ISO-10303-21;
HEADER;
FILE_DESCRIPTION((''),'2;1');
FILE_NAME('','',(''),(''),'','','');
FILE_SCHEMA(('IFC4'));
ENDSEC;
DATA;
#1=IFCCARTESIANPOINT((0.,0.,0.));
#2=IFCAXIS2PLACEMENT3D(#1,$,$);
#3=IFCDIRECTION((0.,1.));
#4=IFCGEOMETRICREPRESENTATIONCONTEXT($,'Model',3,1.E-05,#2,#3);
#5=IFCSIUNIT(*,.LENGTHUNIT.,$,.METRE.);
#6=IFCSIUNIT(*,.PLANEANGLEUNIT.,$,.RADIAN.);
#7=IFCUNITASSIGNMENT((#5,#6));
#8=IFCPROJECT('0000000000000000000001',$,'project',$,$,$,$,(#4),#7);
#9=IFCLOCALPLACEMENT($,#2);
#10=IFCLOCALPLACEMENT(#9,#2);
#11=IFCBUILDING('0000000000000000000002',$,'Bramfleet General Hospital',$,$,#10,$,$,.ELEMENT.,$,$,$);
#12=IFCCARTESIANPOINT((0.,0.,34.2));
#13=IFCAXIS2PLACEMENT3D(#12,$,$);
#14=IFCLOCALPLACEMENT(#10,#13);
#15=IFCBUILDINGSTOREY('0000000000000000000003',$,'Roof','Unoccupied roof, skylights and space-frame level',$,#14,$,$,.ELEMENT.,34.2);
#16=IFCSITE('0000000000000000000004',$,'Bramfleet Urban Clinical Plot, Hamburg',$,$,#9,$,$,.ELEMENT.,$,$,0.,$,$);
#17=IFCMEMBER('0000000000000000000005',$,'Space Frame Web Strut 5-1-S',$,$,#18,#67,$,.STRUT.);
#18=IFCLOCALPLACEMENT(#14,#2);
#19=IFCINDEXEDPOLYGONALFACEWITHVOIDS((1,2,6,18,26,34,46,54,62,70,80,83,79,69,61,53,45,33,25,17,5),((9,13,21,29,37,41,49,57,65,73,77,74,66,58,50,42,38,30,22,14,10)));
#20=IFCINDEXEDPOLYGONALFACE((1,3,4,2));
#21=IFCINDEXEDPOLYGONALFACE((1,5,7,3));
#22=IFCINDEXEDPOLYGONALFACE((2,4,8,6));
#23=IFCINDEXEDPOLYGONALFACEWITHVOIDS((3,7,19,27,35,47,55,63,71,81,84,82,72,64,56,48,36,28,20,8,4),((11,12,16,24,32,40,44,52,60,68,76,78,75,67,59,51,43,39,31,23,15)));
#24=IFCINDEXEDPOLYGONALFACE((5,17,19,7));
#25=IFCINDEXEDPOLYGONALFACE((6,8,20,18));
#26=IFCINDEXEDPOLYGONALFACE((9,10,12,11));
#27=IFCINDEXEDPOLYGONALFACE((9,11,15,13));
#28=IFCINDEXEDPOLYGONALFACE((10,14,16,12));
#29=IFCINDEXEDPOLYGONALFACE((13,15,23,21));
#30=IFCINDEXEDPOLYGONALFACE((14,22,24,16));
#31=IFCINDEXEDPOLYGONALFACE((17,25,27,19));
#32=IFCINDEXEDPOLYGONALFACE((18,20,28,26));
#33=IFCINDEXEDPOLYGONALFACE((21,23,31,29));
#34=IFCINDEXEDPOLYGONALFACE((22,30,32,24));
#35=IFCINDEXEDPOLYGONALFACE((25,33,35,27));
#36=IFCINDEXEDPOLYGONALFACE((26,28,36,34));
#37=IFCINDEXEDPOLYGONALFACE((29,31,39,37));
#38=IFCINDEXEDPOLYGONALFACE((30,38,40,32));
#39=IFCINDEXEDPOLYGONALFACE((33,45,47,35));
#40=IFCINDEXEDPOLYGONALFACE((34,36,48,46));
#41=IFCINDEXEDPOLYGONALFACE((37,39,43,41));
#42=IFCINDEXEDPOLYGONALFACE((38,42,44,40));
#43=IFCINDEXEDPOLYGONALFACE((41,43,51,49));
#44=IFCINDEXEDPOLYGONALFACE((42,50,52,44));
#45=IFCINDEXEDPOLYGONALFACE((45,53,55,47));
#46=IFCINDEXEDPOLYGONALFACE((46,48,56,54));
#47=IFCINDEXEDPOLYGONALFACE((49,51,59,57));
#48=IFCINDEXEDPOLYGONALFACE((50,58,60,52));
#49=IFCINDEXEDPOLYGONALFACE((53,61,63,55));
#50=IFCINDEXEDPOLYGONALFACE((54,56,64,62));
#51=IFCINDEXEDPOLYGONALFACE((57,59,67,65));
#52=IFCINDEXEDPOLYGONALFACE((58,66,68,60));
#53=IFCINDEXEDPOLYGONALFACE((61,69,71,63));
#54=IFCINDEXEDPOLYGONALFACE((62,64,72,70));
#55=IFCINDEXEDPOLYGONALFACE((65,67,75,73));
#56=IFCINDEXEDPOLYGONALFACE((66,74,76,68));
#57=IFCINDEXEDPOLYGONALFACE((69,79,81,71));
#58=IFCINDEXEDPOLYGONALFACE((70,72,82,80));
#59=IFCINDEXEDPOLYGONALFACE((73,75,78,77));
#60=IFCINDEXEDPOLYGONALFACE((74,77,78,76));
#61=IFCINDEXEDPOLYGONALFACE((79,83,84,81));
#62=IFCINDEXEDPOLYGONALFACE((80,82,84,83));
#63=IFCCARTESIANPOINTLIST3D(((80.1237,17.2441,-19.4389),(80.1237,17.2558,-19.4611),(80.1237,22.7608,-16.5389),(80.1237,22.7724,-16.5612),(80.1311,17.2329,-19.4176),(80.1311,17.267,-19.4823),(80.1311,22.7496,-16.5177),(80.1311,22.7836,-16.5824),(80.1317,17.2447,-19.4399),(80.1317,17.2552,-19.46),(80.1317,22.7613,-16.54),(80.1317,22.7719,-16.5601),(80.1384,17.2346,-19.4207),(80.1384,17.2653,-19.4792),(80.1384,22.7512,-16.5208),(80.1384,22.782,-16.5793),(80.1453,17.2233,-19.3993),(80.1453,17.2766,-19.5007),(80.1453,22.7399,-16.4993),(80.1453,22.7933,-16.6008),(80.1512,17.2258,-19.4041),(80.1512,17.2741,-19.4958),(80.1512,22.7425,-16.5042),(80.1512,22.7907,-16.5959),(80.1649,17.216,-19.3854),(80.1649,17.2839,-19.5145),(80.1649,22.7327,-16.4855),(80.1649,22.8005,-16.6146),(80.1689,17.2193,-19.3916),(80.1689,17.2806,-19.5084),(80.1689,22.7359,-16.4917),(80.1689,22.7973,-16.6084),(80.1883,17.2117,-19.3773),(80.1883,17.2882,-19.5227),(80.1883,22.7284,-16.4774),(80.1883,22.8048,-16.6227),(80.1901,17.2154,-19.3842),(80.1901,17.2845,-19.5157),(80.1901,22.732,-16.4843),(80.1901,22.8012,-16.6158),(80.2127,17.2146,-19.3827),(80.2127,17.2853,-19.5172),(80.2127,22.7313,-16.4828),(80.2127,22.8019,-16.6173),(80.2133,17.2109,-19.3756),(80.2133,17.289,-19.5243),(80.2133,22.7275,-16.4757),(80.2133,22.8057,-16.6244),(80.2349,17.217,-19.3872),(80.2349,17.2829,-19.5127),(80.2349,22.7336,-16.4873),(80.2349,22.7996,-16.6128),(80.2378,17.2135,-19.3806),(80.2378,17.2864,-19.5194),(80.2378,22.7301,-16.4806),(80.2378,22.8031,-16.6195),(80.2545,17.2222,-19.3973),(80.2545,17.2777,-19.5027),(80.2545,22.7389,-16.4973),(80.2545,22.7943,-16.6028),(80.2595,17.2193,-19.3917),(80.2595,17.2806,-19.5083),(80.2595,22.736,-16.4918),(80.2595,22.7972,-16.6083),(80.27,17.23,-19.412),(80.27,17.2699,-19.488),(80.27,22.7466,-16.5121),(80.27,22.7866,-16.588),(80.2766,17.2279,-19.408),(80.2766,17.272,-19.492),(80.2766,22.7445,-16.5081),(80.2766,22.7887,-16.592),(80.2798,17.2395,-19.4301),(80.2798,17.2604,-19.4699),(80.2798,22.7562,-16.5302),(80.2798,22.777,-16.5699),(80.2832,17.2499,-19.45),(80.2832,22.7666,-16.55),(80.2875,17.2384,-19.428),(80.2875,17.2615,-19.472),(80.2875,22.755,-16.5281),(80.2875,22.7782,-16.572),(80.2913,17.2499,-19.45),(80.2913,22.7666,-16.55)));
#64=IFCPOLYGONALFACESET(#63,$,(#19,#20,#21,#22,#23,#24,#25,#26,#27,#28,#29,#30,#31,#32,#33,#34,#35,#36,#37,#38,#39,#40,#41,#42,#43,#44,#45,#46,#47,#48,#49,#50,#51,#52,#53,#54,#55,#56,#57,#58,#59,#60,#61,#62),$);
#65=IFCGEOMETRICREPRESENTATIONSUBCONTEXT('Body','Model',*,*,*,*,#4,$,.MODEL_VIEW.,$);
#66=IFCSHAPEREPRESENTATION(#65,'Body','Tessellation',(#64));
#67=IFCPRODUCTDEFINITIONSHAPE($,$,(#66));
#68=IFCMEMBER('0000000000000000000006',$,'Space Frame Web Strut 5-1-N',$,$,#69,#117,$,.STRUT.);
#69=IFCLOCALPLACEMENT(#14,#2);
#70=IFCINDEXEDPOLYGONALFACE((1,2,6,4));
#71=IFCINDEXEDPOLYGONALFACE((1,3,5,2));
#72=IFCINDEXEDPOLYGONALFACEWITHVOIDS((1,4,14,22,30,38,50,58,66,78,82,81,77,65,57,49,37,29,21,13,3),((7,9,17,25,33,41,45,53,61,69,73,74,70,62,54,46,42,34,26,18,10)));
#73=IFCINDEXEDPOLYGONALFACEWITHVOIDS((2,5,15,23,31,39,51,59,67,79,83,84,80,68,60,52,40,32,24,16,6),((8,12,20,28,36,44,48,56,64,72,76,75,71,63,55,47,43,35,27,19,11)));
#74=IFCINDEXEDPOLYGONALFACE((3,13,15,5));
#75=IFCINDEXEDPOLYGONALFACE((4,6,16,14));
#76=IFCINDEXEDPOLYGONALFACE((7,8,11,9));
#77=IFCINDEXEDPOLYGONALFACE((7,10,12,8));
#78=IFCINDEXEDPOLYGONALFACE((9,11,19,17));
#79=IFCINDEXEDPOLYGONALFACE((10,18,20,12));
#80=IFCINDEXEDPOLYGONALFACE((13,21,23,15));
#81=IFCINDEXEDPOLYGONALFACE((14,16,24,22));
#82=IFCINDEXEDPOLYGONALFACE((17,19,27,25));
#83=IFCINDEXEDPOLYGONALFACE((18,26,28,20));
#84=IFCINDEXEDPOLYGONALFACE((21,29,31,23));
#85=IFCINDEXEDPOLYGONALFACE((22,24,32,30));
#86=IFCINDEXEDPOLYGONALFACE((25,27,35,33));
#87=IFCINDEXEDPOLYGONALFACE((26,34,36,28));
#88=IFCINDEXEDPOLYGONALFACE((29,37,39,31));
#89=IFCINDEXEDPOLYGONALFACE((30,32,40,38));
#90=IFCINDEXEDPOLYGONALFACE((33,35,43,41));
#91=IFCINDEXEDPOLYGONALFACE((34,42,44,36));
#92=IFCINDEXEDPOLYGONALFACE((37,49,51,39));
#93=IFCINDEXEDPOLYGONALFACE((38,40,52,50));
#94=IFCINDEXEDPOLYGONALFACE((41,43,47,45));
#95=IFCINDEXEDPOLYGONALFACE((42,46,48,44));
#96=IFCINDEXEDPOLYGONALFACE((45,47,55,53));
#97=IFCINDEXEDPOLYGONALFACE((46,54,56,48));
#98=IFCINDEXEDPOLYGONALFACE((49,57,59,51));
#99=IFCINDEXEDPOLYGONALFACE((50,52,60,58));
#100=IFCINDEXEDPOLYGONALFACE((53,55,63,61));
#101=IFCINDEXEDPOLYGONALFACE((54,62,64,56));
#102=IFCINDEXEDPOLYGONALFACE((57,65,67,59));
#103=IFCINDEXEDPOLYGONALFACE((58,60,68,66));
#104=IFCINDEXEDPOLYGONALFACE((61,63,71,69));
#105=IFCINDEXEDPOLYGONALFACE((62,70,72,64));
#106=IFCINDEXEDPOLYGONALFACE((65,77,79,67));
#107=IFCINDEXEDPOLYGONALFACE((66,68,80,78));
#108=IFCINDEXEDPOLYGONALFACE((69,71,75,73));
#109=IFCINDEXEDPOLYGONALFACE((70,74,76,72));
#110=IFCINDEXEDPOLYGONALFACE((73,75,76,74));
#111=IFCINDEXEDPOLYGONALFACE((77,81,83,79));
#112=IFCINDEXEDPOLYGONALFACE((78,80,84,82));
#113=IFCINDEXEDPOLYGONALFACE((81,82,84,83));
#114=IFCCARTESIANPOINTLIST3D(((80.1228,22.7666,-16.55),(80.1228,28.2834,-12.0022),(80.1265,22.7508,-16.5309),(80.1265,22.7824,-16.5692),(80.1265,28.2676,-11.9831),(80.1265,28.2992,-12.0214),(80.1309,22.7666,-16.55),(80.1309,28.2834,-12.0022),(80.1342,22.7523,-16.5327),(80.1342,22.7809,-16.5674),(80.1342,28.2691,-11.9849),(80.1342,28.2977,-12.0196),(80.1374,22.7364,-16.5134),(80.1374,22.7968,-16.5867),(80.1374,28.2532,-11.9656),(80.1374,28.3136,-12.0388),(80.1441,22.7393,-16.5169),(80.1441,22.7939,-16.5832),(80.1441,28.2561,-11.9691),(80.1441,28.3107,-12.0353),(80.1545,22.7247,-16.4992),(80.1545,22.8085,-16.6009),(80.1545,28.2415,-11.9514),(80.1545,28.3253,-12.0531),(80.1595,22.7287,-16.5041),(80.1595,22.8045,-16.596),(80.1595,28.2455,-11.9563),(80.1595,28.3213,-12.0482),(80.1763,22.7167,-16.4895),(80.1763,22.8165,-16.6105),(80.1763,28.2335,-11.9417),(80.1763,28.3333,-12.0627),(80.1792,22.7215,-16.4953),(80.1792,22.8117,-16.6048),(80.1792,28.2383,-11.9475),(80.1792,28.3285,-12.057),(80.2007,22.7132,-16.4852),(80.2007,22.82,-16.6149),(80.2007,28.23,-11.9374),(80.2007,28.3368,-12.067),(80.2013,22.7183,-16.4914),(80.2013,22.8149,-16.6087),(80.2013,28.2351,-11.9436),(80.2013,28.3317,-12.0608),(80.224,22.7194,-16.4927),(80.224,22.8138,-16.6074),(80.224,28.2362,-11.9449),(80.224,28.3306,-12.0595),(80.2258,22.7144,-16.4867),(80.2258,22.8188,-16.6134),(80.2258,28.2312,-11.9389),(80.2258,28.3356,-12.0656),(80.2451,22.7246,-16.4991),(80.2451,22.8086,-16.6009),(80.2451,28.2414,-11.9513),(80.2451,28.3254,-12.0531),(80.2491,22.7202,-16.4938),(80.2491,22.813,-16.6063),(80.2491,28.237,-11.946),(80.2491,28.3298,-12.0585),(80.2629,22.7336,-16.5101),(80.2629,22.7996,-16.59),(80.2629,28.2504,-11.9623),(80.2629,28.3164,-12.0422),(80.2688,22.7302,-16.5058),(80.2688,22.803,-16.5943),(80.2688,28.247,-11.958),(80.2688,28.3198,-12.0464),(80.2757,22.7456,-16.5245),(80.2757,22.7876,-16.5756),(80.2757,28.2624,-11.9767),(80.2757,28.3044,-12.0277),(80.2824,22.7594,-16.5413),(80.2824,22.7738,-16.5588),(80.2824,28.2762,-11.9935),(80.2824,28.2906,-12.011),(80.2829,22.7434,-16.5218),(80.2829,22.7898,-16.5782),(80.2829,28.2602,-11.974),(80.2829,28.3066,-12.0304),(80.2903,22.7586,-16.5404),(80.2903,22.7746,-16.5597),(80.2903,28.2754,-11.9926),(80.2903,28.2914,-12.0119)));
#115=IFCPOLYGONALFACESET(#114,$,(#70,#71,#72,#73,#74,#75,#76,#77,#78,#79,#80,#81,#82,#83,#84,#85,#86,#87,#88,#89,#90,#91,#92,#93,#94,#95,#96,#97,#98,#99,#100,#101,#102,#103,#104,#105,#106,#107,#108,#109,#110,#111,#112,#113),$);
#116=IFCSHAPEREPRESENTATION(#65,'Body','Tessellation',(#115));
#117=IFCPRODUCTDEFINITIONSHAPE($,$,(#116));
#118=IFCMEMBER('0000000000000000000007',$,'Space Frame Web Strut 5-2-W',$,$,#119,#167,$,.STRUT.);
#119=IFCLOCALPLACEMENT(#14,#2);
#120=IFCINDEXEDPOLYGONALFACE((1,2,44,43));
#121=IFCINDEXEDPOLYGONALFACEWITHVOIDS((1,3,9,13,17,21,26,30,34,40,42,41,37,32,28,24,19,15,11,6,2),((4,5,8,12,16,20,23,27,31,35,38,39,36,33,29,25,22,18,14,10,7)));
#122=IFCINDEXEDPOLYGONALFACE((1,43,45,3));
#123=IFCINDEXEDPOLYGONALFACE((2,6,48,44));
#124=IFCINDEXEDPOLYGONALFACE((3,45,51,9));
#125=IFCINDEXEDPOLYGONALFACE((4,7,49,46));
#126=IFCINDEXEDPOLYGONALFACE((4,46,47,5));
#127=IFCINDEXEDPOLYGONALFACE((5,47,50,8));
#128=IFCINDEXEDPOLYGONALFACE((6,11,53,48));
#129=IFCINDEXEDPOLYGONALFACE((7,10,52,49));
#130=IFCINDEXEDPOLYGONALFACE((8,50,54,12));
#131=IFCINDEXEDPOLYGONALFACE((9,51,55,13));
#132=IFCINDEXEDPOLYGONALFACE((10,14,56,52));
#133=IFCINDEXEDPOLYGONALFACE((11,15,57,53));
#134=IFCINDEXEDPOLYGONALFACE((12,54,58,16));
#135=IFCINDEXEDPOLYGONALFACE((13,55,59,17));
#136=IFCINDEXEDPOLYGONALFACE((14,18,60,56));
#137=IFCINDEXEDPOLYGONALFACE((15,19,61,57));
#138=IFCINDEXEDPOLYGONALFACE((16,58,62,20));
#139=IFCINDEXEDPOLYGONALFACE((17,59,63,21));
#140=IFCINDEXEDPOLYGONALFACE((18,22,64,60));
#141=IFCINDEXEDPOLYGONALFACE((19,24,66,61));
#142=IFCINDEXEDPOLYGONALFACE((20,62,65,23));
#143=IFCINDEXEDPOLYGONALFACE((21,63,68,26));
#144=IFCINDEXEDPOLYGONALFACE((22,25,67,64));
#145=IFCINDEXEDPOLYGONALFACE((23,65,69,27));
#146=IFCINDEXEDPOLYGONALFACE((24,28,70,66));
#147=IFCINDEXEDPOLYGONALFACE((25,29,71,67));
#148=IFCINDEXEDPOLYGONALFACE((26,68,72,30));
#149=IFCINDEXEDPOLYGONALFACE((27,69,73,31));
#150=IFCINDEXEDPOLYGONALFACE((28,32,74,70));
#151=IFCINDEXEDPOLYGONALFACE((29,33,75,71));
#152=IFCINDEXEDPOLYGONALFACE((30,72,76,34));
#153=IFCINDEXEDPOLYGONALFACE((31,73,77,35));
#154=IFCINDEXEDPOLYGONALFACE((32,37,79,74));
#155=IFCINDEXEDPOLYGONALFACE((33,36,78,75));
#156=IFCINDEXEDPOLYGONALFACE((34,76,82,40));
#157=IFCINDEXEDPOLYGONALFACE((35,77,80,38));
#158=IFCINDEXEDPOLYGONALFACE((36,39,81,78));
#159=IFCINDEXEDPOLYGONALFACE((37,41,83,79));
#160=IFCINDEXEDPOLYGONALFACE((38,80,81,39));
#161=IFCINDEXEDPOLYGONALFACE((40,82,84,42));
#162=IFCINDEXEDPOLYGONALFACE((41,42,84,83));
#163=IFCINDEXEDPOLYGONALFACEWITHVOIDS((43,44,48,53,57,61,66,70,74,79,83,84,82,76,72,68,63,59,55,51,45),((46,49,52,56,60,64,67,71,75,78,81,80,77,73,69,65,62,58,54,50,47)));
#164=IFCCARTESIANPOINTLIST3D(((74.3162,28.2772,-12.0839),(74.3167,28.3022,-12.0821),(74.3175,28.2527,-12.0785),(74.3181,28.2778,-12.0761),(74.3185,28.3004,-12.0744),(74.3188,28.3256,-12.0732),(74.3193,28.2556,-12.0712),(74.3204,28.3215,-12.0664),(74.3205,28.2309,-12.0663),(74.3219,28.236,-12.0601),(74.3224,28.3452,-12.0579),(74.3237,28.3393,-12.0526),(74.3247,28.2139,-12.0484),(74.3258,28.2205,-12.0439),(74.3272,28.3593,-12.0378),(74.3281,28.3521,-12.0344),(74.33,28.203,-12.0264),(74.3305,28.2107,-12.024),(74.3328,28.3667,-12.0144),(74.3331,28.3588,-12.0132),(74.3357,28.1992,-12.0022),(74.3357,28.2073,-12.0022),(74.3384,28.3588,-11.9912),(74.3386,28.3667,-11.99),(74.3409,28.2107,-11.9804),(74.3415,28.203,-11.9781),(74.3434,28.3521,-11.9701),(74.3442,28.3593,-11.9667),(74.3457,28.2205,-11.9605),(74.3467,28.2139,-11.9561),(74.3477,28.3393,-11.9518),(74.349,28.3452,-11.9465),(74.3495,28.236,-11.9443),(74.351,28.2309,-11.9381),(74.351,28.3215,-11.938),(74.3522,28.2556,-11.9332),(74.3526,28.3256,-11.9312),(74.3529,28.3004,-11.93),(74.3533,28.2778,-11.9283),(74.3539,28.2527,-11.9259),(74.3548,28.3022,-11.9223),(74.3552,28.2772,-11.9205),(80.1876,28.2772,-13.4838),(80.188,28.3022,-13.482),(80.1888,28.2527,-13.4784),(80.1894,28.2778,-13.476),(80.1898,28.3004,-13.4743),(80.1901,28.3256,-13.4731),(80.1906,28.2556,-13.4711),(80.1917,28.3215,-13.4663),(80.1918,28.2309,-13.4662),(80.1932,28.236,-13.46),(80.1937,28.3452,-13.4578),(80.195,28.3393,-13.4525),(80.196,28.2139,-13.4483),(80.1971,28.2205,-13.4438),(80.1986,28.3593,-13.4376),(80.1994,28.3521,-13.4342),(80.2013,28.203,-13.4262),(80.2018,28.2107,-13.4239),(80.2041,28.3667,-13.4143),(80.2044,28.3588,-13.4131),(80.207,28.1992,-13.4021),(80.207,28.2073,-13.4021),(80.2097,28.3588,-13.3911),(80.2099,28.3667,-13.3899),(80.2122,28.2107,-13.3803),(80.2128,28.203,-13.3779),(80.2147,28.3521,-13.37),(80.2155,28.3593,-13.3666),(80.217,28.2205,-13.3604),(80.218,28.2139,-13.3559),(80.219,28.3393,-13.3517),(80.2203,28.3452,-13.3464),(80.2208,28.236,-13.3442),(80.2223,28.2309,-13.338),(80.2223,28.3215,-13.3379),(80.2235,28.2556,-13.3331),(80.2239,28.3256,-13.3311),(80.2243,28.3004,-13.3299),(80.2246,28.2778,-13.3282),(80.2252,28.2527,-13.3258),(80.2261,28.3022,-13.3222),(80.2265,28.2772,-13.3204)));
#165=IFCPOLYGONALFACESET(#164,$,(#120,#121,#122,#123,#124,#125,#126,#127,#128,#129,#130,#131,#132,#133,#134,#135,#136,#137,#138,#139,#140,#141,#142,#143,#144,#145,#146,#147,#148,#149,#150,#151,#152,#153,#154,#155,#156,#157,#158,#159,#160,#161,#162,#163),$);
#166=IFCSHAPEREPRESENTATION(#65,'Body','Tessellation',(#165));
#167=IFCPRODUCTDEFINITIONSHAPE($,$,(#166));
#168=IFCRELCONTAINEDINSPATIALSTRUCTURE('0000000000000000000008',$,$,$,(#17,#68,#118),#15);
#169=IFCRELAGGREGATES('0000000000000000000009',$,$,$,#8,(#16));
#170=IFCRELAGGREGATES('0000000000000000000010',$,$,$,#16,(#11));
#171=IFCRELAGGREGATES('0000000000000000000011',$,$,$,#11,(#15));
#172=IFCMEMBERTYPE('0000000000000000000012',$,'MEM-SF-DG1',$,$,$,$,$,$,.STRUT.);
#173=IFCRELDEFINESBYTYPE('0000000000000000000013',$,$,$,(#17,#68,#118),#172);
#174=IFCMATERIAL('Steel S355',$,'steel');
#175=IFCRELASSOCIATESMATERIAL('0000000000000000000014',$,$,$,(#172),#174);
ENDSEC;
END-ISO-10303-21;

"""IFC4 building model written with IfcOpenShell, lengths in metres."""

from ifc_helpers import new_model, si_unit, direction, frame, origin, origin_2d, place, context, subcontext, project, spatial, hollow_circle, extrude, material, material_profile, profile_set, type_object, element, save


model = new_model("IFC4")

# Units and contexts
model_context = context("Model", 3, precision=1e-05, world=origin(), true_north=direction((0.0, 1.0)))
body_context = subcontext(model_context, "Body", "Model", "MODEL_VIEW")
ifc_project = project(units=[si_unit("LENGTHUNIT", "METRE"), si_unit("PLANEANGLEUNIT", "RADIAN")], contexts=[model_context])

# Site, building, storey
site_placement = place(None, origin())
site = spatial("IfcSite", under=ifc_project, at=site_placement, Name="Bramfleet Urban Clinical Plot, Hamburg", CompositionType="ELEMENT", RefElevation=0.0)
building_placement = place(site_placement, origin())
building = spatial("IfcBuilding", under=site, at=building_placement, Name="Bramfleet General Hospital", CompositionType="ELEMENT")
storey_placement = place(building_placement, frame((0.0, 0.0, 34.2)))
storey = spatial("IfcBuildingStorey", under=building, at=storey_placement, Name="Roof", Description="Unoccupied roof, skylights and space-frame level", CompositionType="ELEMENT", Elevation=34.2)

# Members
ifc_material = material(Name="Steel S355", Category="steel")
ifc_material_profile_1 = material_profile(ifc_material, hollow_circle(Radius=0.0842, WallThickness=0.0081, at=origin_2d()), Name="CHS 168.3x8.0")
ifc_profile_set_1 = profile_set([ifc_material_profile_1], Name="Steel S355")
member_type_1 = type_object("IfcMemberType", Name="MEM-SF-DG1", PredefinedType="STRUT", material=ifc_profile_set_1)
member_1_placement = place(storey_placement, frame((80.207, 22.7666, -16.55), z_axis=(0.0, -0.885154, -0.465298), x_axis=(1.0, 0.0, 0.0)))
element("IfcMember", 1, at=member_1_placement, inside=storey, type_object=member_type_1, Name="Space Frame Web Strut 5-1-S", PredefinedType="STRUT", context=body_context, shape_type="SweptSolid", body=[
    extrude(hollow_circle(Radius=0.0842, WallThickness=0.0081, at=origin_2d()), origin(), (0.0, 0.0, 1.0), 6.2324),
])
member_2_placement = place(storey_placement, frame((80.207, 22.7666, -16.55), z_axis=(0.0, 0.771617, 0.636088), x_axis=(-1.0, 0.0, 0.0)))
element("IfcMember", 2, at=member_2_placement, inside=storey, type_object=member_type_1, Name="Space Frame Web Strut 5-1-N", PredefinedType="STRUT", context=body_context, shape_type="SweptSolid", body=[
    extrude(hollow_circle(Radius=0.0842, WallThickness=0.0081, at=origin_2d()), origin(), (0.0, 0.0, 1.0), 7.1497),
])
member_3_placement = place(storey_placement, frame((80.207, 28.2834, -13.4021), z_axis=(-0.972733, 0.0, 0.231929), x_axis=(0.0, -1.0, 0.0)))
element("IfcMember", 3, at=member_3_placement, inside=storey, type_object=member_type_1, Name="Space Frame Web Strut 5-2-W", PredefinedType="STRUT", context=body_context, shape_type="SweptSolid", body=[
    extrude(hollow_circle(Radius=0.0842, WallThickness=0.0081, at=origin_2d()), origin(), (0.0, 0.0, 1.0), 6.0359),
])

save(model, "model.ifc")
